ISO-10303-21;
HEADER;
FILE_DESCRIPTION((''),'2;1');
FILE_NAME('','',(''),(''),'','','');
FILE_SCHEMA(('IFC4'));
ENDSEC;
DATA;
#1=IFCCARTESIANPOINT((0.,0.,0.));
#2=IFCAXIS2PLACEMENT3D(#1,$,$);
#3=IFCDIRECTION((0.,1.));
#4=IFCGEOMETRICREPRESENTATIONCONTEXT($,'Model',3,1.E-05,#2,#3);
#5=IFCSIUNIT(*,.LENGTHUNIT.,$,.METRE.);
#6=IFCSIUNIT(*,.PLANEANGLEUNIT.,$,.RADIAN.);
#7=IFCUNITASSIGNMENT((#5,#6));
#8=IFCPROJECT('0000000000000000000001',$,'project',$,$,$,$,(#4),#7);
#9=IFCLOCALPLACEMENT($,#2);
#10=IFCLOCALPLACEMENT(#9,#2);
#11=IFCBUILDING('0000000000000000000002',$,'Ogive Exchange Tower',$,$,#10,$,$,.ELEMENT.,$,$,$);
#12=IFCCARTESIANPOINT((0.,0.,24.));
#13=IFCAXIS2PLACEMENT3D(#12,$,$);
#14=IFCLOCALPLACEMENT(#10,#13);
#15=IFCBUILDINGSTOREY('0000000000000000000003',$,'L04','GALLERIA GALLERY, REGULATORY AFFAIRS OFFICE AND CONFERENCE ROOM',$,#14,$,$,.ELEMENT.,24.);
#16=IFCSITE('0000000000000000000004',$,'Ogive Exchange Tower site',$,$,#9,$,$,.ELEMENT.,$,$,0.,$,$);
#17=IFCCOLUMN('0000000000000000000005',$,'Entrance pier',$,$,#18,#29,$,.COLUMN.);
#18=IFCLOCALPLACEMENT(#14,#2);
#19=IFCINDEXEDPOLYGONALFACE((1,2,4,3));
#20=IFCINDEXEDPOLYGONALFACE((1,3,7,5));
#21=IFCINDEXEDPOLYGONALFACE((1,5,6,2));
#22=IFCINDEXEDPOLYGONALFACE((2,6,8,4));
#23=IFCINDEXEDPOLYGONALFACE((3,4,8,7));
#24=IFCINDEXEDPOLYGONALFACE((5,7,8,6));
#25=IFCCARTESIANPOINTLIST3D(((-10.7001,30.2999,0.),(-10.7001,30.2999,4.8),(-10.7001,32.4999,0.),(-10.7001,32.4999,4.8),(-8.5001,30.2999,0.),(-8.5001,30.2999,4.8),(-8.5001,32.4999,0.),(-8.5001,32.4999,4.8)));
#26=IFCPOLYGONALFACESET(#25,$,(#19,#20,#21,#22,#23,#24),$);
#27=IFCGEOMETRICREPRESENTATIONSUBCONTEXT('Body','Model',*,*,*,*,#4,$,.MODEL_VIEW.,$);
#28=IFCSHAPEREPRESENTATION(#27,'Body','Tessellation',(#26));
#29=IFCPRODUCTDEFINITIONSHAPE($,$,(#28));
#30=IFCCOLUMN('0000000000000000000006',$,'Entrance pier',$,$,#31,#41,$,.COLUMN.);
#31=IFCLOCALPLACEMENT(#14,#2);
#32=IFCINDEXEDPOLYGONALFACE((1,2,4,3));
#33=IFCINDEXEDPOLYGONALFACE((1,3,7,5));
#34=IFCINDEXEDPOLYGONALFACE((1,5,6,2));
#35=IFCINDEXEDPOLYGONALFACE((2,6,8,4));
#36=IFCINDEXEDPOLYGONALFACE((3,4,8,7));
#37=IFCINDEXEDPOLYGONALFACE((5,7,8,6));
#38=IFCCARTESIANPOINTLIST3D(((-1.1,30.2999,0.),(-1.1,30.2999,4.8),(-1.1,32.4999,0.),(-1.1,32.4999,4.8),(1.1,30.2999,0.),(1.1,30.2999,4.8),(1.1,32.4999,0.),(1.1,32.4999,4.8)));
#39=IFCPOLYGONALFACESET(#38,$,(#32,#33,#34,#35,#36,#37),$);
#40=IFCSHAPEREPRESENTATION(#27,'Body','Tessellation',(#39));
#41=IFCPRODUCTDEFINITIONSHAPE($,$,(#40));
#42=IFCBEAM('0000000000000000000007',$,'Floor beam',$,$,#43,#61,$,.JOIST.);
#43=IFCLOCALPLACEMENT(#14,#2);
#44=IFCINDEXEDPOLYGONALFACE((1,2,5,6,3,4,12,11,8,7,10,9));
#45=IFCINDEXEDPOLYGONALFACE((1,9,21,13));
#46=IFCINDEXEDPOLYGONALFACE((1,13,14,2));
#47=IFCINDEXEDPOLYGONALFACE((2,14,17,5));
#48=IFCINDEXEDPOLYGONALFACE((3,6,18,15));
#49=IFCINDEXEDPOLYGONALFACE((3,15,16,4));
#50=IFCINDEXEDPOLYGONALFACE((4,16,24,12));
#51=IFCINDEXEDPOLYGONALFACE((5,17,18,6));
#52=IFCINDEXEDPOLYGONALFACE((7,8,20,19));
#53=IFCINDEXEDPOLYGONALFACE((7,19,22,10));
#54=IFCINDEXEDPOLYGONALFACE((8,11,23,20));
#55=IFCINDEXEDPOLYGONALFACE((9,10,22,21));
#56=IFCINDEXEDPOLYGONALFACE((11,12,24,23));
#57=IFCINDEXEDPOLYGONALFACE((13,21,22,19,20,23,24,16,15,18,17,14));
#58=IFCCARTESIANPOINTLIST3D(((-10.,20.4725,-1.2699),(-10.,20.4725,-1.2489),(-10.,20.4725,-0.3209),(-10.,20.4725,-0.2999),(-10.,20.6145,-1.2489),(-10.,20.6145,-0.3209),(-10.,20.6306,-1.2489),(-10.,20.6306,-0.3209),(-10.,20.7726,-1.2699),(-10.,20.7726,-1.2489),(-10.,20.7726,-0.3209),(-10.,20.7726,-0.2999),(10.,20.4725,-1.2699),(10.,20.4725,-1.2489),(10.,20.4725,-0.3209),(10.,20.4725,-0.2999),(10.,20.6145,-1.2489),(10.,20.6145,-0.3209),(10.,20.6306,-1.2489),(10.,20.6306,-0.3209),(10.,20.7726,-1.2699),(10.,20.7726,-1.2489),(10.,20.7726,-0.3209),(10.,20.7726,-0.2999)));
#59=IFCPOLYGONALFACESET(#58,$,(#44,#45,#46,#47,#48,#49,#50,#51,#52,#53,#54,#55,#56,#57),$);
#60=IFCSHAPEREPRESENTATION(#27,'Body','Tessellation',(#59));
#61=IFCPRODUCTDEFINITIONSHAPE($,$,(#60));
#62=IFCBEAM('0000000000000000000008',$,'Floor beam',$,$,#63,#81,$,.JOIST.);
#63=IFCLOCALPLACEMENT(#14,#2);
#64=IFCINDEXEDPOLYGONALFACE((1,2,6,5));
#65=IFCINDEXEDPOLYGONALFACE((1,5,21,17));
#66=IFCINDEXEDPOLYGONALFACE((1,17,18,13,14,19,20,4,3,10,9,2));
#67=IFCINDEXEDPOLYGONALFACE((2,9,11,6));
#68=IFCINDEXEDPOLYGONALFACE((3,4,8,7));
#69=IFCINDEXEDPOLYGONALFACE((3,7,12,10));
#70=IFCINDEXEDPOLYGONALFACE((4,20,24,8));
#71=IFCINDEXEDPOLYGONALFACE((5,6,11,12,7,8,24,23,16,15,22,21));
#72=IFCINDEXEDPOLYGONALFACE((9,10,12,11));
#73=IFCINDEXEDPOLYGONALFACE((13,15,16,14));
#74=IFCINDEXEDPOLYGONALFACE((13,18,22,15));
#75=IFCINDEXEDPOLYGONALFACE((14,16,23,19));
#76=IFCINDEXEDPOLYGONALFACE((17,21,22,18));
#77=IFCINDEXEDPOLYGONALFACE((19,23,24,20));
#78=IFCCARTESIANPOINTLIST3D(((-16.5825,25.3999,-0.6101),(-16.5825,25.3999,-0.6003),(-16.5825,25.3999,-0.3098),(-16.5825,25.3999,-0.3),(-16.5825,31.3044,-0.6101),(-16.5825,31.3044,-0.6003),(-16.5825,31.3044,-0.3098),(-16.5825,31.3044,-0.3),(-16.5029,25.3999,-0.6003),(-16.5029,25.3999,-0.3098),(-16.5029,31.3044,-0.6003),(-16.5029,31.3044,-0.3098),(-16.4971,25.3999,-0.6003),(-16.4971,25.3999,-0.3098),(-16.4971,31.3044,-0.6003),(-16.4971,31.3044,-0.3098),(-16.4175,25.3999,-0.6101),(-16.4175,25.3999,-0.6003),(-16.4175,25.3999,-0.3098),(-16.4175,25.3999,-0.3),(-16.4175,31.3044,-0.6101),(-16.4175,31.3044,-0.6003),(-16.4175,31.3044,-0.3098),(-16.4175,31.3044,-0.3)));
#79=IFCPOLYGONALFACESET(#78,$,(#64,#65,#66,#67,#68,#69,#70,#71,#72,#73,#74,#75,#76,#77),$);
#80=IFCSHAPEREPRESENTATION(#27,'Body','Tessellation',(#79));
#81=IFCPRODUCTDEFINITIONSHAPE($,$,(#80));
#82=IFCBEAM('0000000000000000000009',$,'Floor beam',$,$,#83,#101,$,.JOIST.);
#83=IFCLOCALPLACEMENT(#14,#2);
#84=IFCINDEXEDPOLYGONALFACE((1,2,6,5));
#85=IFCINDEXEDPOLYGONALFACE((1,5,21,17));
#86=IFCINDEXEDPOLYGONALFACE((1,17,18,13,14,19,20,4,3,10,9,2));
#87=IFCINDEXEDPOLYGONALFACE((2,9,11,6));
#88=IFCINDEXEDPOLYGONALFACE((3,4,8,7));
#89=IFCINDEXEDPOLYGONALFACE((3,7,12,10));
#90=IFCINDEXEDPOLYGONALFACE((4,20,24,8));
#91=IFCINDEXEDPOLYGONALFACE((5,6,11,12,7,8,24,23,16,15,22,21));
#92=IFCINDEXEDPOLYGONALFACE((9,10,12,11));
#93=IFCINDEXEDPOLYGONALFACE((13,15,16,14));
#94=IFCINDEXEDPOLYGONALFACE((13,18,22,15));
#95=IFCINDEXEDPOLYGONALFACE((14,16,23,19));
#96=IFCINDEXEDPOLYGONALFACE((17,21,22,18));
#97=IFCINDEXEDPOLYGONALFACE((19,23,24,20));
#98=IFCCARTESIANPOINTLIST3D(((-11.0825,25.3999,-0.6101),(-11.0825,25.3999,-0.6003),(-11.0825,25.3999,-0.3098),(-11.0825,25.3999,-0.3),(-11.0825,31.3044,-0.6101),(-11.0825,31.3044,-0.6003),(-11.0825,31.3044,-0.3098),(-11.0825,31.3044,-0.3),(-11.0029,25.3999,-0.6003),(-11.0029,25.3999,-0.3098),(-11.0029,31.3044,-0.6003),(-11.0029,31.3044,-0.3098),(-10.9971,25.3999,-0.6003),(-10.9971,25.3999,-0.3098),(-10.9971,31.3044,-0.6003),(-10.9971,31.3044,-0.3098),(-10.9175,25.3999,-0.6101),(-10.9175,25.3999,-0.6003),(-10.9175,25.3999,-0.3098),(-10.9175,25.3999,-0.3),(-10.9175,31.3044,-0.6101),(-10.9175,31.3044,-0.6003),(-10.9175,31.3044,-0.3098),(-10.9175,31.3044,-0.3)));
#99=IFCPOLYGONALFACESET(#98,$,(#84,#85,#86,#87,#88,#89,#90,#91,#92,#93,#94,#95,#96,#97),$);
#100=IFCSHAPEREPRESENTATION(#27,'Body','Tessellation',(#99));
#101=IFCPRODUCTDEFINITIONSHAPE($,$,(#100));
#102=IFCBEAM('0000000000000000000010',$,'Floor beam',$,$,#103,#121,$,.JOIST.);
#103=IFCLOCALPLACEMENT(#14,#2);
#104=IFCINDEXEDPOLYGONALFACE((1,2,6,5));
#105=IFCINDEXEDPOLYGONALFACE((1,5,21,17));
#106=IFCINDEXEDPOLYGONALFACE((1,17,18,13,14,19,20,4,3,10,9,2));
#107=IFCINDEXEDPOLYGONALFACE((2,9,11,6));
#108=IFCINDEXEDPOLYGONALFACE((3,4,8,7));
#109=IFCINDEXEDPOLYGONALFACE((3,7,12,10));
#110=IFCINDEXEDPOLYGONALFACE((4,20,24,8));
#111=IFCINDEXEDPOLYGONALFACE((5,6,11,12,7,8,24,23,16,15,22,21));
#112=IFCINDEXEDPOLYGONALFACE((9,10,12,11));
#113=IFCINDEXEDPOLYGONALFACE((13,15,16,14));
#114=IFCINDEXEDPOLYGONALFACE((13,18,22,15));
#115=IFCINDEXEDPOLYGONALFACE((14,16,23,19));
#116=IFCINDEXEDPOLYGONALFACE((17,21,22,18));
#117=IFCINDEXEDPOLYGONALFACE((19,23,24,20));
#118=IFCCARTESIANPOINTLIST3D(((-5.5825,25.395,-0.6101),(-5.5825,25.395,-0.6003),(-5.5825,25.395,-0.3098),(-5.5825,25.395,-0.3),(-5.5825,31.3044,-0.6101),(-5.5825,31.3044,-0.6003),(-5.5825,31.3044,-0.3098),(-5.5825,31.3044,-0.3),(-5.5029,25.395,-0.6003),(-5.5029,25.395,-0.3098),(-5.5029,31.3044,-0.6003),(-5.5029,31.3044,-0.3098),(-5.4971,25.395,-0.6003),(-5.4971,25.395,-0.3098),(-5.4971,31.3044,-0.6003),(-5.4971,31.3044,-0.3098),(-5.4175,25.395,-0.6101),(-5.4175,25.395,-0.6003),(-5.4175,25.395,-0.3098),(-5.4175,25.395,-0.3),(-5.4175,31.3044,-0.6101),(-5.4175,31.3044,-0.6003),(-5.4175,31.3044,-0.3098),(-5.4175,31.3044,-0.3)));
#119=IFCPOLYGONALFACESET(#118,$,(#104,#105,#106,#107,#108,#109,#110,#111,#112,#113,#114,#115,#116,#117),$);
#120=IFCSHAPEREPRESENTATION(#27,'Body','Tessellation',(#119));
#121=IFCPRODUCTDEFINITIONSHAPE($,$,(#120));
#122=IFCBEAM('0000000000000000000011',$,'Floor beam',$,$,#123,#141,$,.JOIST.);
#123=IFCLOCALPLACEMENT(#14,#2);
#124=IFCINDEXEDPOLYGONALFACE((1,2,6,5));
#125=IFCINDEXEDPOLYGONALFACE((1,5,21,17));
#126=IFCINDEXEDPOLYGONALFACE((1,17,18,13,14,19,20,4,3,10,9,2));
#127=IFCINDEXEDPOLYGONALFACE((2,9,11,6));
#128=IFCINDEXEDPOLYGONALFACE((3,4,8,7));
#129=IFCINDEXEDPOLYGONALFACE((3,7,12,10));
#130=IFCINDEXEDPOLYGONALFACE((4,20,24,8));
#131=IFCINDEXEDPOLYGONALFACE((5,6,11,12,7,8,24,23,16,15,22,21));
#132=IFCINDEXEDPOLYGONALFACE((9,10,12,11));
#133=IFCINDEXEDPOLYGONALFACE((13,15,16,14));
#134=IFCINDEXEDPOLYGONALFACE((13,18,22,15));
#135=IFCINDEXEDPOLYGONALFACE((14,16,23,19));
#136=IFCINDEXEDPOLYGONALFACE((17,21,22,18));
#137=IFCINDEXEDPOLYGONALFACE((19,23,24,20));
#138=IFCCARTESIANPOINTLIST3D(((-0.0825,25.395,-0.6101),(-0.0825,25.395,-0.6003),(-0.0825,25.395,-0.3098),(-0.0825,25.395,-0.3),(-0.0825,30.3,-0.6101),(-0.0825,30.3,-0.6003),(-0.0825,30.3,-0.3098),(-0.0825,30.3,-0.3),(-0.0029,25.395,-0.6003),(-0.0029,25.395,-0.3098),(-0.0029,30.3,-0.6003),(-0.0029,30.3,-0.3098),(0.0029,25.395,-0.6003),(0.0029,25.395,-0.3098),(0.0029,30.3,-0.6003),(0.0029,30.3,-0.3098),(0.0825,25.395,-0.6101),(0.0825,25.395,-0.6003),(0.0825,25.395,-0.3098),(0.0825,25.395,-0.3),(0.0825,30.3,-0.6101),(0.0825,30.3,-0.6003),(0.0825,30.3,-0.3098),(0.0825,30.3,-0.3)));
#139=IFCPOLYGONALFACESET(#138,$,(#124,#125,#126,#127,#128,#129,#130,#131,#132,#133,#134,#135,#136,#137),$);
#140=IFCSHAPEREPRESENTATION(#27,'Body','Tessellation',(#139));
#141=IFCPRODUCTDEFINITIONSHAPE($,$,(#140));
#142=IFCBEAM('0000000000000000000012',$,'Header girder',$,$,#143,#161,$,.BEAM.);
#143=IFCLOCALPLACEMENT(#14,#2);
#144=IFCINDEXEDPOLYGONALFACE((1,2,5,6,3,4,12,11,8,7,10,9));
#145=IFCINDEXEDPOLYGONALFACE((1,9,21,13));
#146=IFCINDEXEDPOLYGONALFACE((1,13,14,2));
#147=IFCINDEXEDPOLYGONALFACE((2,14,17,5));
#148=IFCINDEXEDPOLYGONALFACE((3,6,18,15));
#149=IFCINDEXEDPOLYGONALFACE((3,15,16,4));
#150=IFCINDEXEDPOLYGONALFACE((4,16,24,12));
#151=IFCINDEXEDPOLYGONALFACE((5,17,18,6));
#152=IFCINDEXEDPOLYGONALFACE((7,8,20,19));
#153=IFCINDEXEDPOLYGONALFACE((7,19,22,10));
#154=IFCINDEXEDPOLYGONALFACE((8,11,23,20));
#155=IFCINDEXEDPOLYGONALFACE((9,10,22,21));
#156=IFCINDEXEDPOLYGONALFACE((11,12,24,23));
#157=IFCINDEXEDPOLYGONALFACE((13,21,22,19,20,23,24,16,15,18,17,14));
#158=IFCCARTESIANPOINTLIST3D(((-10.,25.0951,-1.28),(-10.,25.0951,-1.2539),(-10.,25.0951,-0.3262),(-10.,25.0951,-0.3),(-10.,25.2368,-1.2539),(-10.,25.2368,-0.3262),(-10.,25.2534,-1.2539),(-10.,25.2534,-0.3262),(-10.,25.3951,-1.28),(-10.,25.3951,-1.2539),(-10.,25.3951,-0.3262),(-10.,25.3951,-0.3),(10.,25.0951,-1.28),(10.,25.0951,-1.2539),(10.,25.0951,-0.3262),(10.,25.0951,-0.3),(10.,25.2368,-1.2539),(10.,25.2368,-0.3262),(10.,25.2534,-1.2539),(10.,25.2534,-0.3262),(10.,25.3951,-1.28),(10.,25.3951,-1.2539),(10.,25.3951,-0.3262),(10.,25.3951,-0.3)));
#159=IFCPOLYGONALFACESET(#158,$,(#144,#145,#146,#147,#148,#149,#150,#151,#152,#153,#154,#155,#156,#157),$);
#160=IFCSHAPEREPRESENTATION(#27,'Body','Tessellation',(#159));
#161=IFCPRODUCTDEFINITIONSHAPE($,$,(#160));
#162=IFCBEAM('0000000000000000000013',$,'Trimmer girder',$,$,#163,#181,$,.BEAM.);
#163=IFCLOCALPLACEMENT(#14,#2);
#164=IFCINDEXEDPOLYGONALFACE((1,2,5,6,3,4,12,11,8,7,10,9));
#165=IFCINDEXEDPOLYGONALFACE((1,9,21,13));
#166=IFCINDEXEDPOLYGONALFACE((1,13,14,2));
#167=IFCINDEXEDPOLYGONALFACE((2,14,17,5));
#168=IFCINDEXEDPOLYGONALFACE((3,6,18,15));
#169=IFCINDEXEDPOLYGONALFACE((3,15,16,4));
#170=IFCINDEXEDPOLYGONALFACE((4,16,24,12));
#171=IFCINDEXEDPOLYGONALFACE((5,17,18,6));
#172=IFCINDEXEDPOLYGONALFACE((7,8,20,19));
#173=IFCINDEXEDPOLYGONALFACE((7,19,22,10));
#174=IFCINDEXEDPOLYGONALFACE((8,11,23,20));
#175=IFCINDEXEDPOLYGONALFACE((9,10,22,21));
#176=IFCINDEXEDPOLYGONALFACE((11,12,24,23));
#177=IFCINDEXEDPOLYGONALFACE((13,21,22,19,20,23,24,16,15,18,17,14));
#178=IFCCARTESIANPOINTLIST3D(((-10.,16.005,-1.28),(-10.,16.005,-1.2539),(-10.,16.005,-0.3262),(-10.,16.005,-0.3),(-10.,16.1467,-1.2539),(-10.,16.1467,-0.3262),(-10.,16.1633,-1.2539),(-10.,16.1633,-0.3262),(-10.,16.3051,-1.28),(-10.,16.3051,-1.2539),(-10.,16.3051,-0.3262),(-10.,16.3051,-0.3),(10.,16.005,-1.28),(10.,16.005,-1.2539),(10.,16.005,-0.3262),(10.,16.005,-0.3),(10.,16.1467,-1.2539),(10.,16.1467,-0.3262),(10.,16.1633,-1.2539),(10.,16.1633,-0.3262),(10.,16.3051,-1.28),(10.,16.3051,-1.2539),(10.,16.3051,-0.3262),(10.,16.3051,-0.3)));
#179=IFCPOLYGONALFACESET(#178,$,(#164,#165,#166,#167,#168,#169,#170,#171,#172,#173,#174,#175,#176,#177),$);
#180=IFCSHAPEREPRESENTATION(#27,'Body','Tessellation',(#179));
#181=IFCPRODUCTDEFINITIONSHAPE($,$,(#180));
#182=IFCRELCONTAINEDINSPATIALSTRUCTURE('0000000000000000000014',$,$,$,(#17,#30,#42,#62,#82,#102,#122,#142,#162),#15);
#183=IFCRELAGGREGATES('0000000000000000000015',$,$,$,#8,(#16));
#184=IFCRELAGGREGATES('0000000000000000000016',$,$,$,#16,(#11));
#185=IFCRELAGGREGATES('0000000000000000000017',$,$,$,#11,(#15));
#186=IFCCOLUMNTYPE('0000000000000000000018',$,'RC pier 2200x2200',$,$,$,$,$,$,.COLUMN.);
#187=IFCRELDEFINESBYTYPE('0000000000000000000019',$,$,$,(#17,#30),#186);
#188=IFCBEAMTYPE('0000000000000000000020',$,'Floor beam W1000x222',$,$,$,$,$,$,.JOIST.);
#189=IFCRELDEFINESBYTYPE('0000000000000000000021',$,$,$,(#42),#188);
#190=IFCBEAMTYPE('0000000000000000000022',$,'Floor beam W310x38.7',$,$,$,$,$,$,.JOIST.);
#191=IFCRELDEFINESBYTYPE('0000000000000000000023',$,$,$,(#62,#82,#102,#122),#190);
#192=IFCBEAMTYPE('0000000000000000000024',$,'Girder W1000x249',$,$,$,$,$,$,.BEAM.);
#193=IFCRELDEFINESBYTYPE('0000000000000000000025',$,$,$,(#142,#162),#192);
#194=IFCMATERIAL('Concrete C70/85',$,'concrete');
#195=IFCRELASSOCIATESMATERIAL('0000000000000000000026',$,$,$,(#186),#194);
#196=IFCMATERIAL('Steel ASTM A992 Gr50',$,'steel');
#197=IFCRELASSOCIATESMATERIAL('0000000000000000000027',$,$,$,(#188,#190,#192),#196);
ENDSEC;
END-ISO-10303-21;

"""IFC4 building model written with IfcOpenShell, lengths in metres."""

from ifc_helpers import new_model, si_unit, direction, frame, origin, origin_2d, place, context, subcontext, project, spatial, rectangle, i_section, extrude, material, material_profile, profile_set, type_object, element, save


model = new_model("IFC4")

# Units and contexts
model_context = context("Model", 3, precision=1e-05, world=origin(), true_north=direction((0.0, 1.0)))
body_context = subcontext(model_context, "Body", "Model", "MODEL_VIEW")
ifc_project = project(units=[si_unit("LENGTHUNIT", "METRE"), si_unit("PLANEANGLEUNIT", "RADIAN")], contexts=[model_context])

# Site, building, storey
site_placement = place(None, origin())
site = spatial("IfcSite", under=ifc_project, at=site_placement, Name="Ogive Exchange Tower site", CompositionType="ELEMENT", RefElevation=0.0)
building_placement = place(site_placement, origin())
building = spatial("IfcBuilding", under=site, at=building_placement, Name="Ogive Exchange Tower", CompositionType="ELEMENT")
storey_placement = place(building_placement, frame((0.0, 0.0, 24.0)))
storey = spatial("IfcBuildingStorey", under=building, at=storey_placement, Name="L04", Description="GALLERIA GALLERY, REGULATORY AFFAIRS OFFICE AND CONFERENCE ROOM", CompositionType="ELEMENT", Elevation=24.0)

# Columns
ifc_material_1 = material(Name="Concrete C70/85", Category="concrete")
ifc_material_profile_1 = material_profile(ifc_material_1, rectangle(XDim=2.2, YDim=2.2, at=origin_2d()), Name="RC 2200x2200")
ifc_profile_set_1 = profile_set([ifc_material_profile_1], Name="Concrete C70/85")
column_type = type_object("IfcColumnType", Name="RC pier 2200x2200", PredefinedType="COLUMN", material=ifc_profile_set_1)
for number, where, z_axis, x_axis, name in (
    (1, (-9.6001, 31.3999, 0.0), (0.0, 0.0, 1.0), (1.0, 0.0, 0.0), "Entrance pier"),
    (2, (0.0, 31.3999, 0.0), (0.0, 0.0, 1.0), (1.0, 0.0, 0.0), "Entrance pier"),
):
    element("IfcColumn", number, at=place(storey_placement, frame(where, z_axis=z_axis, x_axis=x_axis)), inside=storey, type_object=column_type, Name=name, PredefinedType="COLUMN", context=body_context, shape_type="SweptSolid", body=[
        extrude(rectangle(XDim=2.2, YDim=2.2, at=origin_2d()), origin(), (0.0, 0.0, 1.0), 4.8),
    ])

# Beams
ifc_material_2 = material(Name="Steel ASTM A992 Gr50", Category="steel")
ifc_material_profile_2 = material_profile(ifc_material_2, i_section(OverallWidth=0.3, OverallDepth=0.97, WebThickness=0.0161, FlangeThickness=0.021, at=origin_2d()), Name="W1000x222")
ifc_profile_set_2 = profile_set([ifc_material_profile_2], Name="Steel ASTM A992 Gr50")
beam_type_1 = type_object("IfcBeamType", Name="Floor beam W1000x222", PredefinedType="JOIST", material=ifc_profile_set_2)
beam_1_placement = place(storey_placement, frame((-10.0, 20.6226, -0.7849), z_axis=(1.0, 0.0, 0.0), x_axis=(0.0, 1.0, 0.0)))
element("IfcBeam", 3, at=beam_1_placement, inside=storey, type_object=beam_type_1, Name="Floor beam", PredefinedType="JOIST", context=body_context, shape_type="SweptSolid", body=[
    extrude(i_section(OverallWidth=0.3, OverallDepth=0.97, WebThickness=0.0161, FlangeThickness=0.021, at=origin_2d()), origin(), (0.0, 0.0, 1.0), 20.0),
])
ifc_material_profile_3 = material_profile(ifc_material_2, i_section(OverallWidth=0.165, OverallDepth=0.3101, WebThickness=0.0059, FlangeThickness=0.0098, at=origin_2d()), Name="W310x38.7")
ifc_profile_set_3 = profile_set([ifc_material_profile_3], Name="Steel ASTM A992 Gr50")
beam_type_2 = type_object("IfcBeamType", Name="Floor beam W310x38.7", PredefinedType="JOIST", material=ifc_profile_set_3)
for number, where, z_axis, x_axis, name in (
    (4, (-16.5, 25.3999, -0.4551), (0.0, 1.0, 0.0), (-1.0, 0.0, 0.0), "Floor beam"),
    (5, (-11.0, 25.3999, -0.4551), (0.0, 1.0, 0.0), (-1.0, 0.0, 0.0), "Floor beam"),
):
    element("IfcBeam", number, at=place(storey_placement, frame(where, z_axis=z_axis, x_axis=x_axis)), inside=storey, type_object=beam_type_2, Name=name, PredefinedType="JOIST", context=body_context, shape_type="SweptSolid", body=[
        extrude(i_section(OverallWidth=0.165, OverallDepth=0.3101, WebThickness=0.0059, FlangeThickness=0.0098, at=origin_2d()), origin(), (0.0, 0.0, 1.0), 5.9045),
    ])
beam_2_placement = place(storey_placement, frame((-5.5, 25.395, -0.4551), z_axis=(0.0, 1.0, 0.0), x_axis=(-1.0, 0.0, 0.0)))
element("IfcBeam", 6, at=beam_2_placement, inside=storey, type_object=beam_type_2, Name="Floor beam", PredefinedType="JOIST", context=body_context, shape_type="SweptSolid", body=[
    extrude(i_section(OverallWidth=0.165, OverallDepth=0.3101, WebThickness=0.0059, FlangeThickness=0.0098, at=origin_2d()), origin(), (0.0, 0.0, 1.0), 5.9094),
])
beam_3_placement = place(storey_placement, frame((0.0, 25.395, -0.4551), z_axis=(0.0, 1.0, 0.0), x_axis=(-1.0, 0.0, 0.0)))
element("IfcBeam", 7, at=beam_3_placement, inside=storey, type_object=beam_type_2, Name="Floor beam", PredefinedType="JOIST", context=body_context, shape_type="SweptSolid", body=[
    extrude(i_section(OverallWidth=0.165, OverallDepth=0.3101, WebThickness=0.0059, FlangeThickness=0.0098, at=origin_2d()), origin(), (0.0, 0.0, 1.0), 4.905),
])
ifc_material_profile_4 = material_profile(ifc_material_2, i_section(OverallWidth=0.3, OverallDepth=0.98, WebThickness=0.0166, FlangeThickness=0.0261, at=origin_2d()), Name="W1000x249")
ifc_profile_set_4 = profile_set([ifc_material_profile_4], Name="Steel ASTM A992 Gr50")
beam_type_3 = type_object("IfcBeamType", Name="Girder W1000x249", PredefinedType="BEAM", material=ifc_profile_set_4)
for number, where, z_axis, x_axis, name in (
    (8, (-10.0, 25.2451, -0.79), (1.0, 0.0, 0.0), (0.0, 1.0, 0.0), "Header girder"),
    (9, (-10.0, 16.155, -0.79), (1.0, 0.0, 0.0), (0.0, 1.0, 0.0), "Trimmer girder"),
):
    element("IfcBeam", number, at=place(storey_placement, frame(where, z_axis=z_axis, x_axis=x_axis)), inside=storey, type_object=beam_type_3, Name=name, PredefinedType="BEAM", context=body_context, shape_type="SweptSolid", body=[
        extrude(i_section(OverallWidth=0.3, OverallDepth=0.98, WebThickness=0.0166, FlangeThickness=0.0261, at=origin_2d()), origin(), (0.0, 0.0, 1.0), 20.0),
    ])

save(model, "model.ifc")
